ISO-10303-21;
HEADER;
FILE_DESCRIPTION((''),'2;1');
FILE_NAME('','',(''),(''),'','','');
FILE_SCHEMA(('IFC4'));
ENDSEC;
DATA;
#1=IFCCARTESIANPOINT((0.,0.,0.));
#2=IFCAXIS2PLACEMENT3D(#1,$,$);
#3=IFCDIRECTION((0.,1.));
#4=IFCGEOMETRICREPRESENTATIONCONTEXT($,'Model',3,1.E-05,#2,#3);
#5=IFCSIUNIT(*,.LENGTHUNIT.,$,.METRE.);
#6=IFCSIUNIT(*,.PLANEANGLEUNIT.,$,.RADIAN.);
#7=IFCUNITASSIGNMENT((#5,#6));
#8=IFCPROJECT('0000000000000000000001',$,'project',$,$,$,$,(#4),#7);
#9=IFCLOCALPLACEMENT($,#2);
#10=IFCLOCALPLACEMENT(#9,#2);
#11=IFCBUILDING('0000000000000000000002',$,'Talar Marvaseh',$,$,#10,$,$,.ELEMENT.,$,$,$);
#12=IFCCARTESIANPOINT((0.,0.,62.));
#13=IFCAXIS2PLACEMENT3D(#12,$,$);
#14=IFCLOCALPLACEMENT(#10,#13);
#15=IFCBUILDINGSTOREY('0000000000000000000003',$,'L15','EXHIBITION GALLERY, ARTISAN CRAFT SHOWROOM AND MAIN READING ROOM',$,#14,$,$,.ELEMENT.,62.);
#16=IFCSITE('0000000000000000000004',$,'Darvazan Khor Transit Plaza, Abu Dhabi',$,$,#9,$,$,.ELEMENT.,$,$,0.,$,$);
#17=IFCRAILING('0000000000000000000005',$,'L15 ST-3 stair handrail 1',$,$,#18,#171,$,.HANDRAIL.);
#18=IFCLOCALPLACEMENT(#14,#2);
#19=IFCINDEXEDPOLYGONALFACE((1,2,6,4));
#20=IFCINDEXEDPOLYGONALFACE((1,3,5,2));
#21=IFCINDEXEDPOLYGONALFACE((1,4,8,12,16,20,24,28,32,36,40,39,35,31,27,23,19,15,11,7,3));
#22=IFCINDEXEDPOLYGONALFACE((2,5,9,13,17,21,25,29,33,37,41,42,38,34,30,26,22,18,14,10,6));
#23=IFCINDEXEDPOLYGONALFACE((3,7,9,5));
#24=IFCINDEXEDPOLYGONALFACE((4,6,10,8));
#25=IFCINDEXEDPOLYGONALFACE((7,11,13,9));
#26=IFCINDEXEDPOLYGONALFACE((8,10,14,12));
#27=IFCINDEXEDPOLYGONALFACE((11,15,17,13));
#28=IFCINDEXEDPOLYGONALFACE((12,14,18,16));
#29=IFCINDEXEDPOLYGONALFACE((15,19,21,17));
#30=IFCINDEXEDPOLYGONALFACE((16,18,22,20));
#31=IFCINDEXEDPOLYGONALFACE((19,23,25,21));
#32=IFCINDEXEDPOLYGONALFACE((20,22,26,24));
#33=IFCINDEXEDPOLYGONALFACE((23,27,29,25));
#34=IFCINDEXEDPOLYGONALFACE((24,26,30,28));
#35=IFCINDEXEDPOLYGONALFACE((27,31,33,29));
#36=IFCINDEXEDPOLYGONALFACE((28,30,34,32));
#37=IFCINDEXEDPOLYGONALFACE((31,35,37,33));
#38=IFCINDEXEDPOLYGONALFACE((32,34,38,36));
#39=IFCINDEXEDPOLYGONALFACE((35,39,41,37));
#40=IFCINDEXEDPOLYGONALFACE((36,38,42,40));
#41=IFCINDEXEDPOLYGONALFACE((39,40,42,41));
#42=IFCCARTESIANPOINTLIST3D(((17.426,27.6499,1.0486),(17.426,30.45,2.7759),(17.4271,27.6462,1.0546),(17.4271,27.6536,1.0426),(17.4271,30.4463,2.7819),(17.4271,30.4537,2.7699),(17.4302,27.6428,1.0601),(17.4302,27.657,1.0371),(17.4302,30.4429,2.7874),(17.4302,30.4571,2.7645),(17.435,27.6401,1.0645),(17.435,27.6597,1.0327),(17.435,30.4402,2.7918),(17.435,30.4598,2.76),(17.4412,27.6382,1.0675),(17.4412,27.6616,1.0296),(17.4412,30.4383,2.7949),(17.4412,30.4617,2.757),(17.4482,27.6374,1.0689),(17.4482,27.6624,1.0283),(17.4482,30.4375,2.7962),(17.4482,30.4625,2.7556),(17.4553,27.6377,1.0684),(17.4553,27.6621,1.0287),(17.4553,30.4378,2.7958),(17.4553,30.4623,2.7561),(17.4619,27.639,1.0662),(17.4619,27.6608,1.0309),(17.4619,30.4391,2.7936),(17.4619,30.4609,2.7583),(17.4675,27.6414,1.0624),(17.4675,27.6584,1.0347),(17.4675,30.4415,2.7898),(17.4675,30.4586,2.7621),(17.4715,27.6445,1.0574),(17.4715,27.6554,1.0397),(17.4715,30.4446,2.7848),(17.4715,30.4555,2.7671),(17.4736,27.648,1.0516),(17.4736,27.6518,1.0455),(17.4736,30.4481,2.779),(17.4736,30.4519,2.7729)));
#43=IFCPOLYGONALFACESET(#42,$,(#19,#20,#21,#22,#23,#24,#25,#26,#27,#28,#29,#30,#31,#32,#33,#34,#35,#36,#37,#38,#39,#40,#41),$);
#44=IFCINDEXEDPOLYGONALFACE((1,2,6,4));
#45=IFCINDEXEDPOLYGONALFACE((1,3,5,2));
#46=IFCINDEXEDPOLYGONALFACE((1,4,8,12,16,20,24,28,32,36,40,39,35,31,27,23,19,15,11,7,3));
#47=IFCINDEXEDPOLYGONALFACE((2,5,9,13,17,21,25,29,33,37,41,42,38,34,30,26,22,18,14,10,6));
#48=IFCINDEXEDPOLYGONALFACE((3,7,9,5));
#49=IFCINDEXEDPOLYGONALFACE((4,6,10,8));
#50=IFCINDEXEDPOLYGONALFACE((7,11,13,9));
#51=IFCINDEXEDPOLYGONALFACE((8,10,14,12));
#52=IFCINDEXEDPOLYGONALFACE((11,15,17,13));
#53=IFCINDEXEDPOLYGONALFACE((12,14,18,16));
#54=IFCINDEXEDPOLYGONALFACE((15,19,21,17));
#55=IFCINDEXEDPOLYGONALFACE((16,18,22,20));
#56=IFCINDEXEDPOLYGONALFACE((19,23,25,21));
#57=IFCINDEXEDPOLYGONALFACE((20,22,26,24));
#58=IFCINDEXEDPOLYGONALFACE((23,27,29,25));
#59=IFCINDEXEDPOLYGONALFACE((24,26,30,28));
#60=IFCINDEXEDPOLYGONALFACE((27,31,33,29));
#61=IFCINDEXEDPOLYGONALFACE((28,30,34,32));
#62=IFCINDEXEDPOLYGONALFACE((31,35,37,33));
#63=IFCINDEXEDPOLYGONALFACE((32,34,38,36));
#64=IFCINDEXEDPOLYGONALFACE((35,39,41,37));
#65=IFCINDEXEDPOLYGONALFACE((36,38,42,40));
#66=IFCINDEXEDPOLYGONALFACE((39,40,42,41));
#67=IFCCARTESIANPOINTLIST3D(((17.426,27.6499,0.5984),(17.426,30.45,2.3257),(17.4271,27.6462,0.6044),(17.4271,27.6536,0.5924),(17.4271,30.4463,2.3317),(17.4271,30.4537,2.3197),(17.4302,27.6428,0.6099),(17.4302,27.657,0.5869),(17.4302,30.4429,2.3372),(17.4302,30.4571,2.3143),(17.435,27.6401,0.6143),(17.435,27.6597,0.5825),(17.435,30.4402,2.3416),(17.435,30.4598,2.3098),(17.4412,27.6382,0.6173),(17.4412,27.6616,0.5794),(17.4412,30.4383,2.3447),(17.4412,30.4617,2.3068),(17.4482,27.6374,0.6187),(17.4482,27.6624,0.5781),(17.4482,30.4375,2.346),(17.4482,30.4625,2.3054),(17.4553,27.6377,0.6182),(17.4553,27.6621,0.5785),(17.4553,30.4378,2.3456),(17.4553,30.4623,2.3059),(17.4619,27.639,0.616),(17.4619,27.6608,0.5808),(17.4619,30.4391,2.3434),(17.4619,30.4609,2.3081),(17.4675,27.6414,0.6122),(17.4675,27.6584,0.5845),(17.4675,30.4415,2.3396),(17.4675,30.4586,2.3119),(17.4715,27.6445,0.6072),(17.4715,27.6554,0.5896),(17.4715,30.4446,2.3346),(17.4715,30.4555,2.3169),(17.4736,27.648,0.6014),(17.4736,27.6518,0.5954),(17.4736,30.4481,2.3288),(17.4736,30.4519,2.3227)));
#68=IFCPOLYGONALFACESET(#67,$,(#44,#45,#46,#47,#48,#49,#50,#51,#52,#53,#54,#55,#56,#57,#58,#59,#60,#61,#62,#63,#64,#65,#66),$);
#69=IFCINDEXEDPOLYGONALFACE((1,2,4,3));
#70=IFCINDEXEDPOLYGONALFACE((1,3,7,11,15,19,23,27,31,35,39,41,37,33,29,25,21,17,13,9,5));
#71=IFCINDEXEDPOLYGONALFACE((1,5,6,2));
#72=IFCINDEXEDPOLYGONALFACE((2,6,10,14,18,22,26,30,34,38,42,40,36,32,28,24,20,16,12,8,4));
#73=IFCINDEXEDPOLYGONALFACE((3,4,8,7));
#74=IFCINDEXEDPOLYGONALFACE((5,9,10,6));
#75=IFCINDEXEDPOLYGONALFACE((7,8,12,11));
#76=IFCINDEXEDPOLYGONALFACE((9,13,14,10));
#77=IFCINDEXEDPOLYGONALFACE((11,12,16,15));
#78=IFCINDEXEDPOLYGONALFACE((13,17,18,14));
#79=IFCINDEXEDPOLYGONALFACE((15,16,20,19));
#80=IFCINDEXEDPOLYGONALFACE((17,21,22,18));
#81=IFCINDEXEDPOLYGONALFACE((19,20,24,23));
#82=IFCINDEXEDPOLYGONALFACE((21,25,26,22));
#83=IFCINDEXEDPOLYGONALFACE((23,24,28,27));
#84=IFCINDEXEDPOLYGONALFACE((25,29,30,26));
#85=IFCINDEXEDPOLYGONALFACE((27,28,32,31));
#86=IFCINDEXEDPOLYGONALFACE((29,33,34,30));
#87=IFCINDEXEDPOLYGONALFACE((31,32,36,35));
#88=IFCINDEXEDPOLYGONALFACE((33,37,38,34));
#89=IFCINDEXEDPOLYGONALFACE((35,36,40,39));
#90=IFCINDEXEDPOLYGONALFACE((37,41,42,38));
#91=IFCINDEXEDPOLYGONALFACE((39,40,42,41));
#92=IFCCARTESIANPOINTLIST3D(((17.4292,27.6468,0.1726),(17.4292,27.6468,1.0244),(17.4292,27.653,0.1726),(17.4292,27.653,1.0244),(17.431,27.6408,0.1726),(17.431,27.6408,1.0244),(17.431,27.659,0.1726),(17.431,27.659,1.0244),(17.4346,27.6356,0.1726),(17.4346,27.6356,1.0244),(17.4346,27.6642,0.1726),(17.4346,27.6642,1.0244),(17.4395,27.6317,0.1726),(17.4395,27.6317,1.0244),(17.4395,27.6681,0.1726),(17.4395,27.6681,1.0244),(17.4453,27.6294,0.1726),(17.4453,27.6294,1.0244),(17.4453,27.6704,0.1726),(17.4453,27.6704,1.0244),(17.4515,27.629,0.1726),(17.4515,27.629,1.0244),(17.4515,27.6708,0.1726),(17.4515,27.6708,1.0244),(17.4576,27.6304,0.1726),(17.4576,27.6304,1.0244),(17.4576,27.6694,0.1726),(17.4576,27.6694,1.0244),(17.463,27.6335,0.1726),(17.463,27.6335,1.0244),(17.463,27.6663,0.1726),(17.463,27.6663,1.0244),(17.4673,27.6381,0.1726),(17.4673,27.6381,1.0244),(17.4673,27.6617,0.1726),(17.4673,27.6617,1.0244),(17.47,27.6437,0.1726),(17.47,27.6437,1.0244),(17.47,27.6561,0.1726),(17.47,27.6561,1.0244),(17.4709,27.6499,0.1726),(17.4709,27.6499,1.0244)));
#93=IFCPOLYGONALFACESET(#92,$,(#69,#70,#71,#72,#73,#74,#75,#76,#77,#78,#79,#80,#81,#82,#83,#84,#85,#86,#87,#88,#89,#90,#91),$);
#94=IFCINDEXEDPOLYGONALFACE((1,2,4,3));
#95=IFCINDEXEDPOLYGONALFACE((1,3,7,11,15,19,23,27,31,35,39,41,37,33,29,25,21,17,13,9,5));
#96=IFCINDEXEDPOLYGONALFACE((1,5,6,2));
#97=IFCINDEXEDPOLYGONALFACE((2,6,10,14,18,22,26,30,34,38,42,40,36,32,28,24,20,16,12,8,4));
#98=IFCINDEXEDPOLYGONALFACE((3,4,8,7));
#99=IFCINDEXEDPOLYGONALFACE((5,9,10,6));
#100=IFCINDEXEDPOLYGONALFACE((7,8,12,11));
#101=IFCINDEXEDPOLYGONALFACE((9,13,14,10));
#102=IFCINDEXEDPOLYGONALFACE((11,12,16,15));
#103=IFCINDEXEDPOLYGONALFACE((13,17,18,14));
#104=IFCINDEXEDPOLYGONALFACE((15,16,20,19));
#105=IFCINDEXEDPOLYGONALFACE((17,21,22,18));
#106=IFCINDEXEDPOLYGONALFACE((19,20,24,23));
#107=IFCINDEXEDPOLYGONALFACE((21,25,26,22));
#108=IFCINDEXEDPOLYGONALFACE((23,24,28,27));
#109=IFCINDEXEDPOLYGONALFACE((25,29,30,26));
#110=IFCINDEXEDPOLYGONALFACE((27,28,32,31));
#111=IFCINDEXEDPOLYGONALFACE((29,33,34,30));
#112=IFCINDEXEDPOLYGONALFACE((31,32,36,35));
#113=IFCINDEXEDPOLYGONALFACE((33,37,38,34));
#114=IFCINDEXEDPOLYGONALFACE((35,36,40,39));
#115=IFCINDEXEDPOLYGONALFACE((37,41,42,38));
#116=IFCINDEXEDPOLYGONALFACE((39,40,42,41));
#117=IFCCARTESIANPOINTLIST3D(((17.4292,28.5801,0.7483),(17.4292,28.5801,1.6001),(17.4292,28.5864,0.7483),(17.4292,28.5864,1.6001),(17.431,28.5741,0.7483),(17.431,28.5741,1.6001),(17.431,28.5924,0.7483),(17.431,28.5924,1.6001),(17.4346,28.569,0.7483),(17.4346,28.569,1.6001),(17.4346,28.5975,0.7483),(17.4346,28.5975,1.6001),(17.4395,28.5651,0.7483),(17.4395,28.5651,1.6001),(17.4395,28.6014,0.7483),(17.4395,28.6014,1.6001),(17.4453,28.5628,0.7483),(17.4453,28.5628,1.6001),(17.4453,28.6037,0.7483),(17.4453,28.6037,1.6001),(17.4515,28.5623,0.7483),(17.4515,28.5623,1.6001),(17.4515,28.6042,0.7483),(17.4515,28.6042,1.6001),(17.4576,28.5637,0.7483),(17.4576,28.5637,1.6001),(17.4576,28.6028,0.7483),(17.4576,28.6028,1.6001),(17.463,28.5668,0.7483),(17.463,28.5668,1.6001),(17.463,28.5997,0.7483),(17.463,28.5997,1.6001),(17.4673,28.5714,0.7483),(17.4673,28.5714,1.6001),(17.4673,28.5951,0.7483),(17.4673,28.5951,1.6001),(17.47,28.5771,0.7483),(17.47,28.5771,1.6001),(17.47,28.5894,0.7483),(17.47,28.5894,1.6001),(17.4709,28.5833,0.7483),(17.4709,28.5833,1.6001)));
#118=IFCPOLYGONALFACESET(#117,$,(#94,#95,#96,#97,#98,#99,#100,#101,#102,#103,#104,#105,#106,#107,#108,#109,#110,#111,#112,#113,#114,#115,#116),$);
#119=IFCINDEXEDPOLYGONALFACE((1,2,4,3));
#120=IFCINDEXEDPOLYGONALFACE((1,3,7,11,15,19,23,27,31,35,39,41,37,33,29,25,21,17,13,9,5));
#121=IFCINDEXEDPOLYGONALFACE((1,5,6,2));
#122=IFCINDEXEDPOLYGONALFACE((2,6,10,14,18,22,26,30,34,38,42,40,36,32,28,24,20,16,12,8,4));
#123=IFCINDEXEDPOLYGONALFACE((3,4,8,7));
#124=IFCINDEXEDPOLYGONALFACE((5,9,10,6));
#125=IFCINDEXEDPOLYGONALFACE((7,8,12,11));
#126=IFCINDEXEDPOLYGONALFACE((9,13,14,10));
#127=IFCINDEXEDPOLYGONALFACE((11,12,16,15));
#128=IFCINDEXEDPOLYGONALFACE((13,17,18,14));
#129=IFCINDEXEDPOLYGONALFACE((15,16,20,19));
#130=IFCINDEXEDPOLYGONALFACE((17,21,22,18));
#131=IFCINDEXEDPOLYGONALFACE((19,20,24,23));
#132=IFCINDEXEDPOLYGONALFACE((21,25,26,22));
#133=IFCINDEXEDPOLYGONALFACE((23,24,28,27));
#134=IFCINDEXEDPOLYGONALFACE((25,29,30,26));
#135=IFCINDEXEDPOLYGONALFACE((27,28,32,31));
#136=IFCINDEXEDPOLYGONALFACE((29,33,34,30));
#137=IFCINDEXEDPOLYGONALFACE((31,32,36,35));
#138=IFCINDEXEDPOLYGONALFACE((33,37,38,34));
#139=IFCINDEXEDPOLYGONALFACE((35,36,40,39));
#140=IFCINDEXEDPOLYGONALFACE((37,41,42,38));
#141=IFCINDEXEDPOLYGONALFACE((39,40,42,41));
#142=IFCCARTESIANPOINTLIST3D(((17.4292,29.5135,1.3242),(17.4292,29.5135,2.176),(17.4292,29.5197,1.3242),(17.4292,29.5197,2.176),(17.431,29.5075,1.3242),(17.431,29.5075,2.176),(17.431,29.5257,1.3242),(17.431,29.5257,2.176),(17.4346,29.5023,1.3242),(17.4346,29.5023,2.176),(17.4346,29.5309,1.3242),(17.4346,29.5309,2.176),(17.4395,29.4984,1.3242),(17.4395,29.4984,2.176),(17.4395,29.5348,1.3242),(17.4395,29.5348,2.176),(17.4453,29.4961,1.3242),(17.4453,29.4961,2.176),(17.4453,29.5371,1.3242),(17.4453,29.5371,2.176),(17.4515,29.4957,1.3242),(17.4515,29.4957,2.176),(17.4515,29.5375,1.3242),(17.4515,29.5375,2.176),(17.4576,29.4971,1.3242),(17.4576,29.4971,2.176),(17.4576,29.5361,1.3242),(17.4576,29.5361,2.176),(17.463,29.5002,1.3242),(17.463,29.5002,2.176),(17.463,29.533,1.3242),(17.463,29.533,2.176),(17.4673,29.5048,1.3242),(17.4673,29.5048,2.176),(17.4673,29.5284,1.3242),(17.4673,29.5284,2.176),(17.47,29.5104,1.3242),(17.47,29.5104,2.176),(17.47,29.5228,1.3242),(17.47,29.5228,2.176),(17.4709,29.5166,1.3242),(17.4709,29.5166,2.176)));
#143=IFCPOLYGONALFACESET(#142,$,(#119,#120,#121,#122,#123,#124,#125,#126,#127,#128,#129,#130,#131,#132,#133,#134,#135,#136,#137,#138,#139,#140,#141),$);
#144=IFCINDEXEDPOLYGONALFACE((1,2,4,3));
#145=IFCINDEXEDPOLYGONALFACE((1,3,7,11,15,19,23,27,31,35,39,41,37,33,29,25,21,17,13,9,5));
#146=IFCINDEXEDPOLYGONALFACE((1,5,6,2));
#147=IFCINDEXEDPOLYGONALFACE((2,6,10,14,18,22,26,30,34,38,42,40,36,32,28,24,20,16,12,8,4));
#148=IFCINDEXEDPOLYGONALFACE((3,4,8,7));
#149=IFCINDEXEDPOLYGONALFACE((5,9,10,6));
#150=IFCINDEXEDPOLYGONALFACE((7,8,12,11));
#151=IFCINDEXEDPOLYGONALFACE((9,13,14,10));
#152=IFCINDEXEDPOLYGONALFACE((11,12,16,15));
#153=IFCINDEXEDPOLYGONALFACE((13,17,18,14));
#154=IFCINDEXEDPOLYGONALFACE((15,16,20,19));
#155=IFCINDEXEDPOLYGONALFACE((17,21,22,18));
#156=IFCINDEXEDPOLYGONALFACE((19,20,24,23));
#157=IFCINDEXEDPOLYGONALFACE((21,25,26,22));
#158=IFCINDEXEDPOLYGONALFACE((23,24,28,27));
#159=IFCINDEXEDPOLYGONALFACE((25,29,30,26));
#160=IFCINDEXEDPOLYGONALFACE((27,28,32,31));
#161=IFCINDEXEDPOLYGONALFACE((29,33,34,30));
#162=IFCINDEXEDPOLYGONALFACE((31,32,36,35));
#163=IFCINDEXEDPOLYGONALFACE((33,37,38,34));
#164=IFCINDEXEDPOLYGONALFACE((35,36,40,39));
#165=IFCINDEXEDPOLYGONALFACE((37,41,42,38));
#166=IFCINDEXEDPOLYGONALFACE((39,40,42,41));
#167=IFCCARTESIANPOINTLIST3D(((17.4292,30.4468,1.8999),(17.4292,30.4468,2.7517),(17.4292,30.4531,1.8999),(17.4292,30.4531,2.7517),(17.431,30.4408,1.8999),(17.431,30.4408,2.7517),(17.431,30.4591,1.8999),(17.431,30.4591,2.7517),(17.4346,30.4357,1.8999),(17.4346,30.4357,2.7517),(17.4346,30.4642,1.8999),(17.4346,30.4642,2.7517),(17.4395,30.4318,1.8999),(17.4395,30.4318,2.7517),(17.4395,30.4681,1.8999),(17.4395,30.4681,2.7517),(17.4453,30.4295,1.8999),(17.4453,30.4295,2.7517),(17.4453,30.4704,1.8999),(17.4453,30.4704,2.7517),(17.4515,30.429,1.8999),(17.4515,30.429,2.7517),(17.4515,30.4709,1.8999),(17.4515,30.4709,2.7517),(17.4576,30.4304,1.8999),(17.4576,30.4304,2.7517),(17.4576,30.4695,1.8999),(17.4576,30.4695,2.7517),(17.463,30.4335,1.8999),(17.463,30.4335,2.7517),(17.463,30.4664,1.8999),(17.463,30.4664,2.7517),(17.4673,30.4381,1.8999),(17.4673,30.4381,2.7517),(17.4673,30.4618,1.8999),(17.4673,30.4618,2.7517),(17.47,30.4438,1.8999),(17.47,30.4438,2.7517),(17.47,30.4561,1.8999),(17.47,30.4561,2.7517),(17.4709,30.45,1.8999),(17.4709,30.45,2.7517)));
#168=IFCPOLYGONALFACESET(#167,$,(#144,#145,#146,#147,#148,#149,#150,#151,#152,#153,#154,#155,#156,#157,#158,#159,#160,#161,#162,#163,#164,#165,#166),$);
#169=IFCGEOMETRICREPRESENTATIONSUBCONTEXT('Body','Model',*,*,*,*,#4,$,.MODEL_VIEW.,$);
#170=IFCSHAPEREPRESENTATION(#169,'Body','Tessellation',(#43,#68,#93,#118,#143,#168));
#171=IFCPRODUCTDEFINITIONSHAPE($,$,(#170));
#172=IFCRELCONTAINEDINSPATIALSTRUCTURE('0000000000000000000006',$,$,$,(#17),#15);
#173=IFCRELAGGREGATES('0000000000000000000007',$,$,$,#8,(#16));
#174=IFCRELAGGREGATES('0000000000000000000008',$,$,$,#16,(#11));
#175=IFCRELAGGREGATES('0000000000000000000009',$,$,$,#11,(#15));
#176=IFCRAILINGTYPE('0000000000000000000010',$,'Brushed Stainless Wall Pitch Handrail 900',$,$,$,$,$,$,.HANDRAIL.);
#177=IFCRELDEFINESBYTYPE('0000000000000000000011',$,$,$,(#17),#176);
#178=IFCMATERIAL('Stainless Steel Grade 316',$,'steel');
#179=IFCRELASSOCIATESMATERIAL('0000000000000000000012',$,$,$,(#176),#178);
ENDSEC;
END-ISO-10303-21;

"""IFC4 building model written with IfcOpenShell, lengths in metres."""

from ifc_helpers import new_model, si_unit, direction, frame, origin, origin_2d, place, context, subcontext, project, spatial, circle, extrude, material, type_object, element, save


model = new_model("IFC4")

# Units and contexts
model_context = context("Model", 3, precision=1e-05, world=origin(), true_north=direction((0.0, 1.0)))
body_context = subcontext(model_context, "Body", "Model", "MODEL_VIEW")
ifc_project = project(units=[si_unit("LENGTHUNIT", "METRE"), si_unit("PLANEANGLEUNIT", "RADIAN")], contexts=[model_context])

# Site, building, storey
site_placement = place(None, origin())
site = spatial("IfcSite", under=ifc_project, at=site_placement, Name="Darvazan Khor Transit Plaza, Abu Dhabi", CompositionType="ELEMENT", RefElevation=0.0)
building_placement = place(site_placement, origin())
building = spatial("IfcBuilding", under=site, at=building_placement, Name="Talar Marvaseh", CompositionType="ELEMENT")
storey_placement = place(building_placement, frame((0.0, 0.0, 62.0)))
storey = spatial("IfcBuildingStorey", under=building, at=storey_placement, Name="L15", Description="EXHIBITION GALLERY, ARTISAN CRAFT SHOWROOM AND MAIN READING ROOM", CompositionType="ELEMENT", Elevation=62.0)

# Railing
ifc_material_1 = material(Name="Stainless Steel Grade 316", Category="steel")
railing_type_1 = type_object("IfcRailingType", Name="Brushed Stainless Wall Pitch Handrail 900", PredefinedType="HANDRAIL", material=ifc_material_1)
railing_1_placement = place(storey_placement, frame((17.45, 27.6499, 0.1726)))
element("IfcRailing", 1, at=railing_1_placement, inside=storey, type_object=railing_type_1, Name="L15 ST-3 stair handrail 1", PredefinedType="HANDRAIL", context=body_context, shape_type="SweptSolid", body=[
    extrude(circle(Radius=0.0239, at=origin_2d()), frame((0.0, 0.0, 0.876), z_axis=(0.0, 0.85109, 0.52502), x_axis=(-1.0, 0.0, 0.0)), (0.0, 0.0, 1.0), 3.29),
    extrude(circle(Radius=0.0239, at=origin_2d()), frame((0.0, 0.0, 0.4258), z_axis=(0.0, 0.85109, 0.52502), x_axis=(-1.0, 0.0, 0.0)), (0.0, 0.0, 1.0), 3.29),
    extrude(circle(Radius=0.021, at=origin_2d()), origin(), (0.0, 0.0, 1.0), 0.8518),
    extrude(circle(Radius=0.021, at=origin_2d()), frame((0.0, 0.9333, 0.5757)), (0.0, 0.0, 1.0), 0.8518),
    extrude(circle(Radius=0.021, at=origin_2d()), frame((0.0, 1.8667, 1.1516)), (0.0, 0.0, 1.0), 0.8518),
    extrude(circle(Radius=0.021, at=origin_2d()), frame((0.0, 2.8, 1.7273)), (0.0, 0.0, 1.0), 0.8518),
])

save(model, "model.ifc")
